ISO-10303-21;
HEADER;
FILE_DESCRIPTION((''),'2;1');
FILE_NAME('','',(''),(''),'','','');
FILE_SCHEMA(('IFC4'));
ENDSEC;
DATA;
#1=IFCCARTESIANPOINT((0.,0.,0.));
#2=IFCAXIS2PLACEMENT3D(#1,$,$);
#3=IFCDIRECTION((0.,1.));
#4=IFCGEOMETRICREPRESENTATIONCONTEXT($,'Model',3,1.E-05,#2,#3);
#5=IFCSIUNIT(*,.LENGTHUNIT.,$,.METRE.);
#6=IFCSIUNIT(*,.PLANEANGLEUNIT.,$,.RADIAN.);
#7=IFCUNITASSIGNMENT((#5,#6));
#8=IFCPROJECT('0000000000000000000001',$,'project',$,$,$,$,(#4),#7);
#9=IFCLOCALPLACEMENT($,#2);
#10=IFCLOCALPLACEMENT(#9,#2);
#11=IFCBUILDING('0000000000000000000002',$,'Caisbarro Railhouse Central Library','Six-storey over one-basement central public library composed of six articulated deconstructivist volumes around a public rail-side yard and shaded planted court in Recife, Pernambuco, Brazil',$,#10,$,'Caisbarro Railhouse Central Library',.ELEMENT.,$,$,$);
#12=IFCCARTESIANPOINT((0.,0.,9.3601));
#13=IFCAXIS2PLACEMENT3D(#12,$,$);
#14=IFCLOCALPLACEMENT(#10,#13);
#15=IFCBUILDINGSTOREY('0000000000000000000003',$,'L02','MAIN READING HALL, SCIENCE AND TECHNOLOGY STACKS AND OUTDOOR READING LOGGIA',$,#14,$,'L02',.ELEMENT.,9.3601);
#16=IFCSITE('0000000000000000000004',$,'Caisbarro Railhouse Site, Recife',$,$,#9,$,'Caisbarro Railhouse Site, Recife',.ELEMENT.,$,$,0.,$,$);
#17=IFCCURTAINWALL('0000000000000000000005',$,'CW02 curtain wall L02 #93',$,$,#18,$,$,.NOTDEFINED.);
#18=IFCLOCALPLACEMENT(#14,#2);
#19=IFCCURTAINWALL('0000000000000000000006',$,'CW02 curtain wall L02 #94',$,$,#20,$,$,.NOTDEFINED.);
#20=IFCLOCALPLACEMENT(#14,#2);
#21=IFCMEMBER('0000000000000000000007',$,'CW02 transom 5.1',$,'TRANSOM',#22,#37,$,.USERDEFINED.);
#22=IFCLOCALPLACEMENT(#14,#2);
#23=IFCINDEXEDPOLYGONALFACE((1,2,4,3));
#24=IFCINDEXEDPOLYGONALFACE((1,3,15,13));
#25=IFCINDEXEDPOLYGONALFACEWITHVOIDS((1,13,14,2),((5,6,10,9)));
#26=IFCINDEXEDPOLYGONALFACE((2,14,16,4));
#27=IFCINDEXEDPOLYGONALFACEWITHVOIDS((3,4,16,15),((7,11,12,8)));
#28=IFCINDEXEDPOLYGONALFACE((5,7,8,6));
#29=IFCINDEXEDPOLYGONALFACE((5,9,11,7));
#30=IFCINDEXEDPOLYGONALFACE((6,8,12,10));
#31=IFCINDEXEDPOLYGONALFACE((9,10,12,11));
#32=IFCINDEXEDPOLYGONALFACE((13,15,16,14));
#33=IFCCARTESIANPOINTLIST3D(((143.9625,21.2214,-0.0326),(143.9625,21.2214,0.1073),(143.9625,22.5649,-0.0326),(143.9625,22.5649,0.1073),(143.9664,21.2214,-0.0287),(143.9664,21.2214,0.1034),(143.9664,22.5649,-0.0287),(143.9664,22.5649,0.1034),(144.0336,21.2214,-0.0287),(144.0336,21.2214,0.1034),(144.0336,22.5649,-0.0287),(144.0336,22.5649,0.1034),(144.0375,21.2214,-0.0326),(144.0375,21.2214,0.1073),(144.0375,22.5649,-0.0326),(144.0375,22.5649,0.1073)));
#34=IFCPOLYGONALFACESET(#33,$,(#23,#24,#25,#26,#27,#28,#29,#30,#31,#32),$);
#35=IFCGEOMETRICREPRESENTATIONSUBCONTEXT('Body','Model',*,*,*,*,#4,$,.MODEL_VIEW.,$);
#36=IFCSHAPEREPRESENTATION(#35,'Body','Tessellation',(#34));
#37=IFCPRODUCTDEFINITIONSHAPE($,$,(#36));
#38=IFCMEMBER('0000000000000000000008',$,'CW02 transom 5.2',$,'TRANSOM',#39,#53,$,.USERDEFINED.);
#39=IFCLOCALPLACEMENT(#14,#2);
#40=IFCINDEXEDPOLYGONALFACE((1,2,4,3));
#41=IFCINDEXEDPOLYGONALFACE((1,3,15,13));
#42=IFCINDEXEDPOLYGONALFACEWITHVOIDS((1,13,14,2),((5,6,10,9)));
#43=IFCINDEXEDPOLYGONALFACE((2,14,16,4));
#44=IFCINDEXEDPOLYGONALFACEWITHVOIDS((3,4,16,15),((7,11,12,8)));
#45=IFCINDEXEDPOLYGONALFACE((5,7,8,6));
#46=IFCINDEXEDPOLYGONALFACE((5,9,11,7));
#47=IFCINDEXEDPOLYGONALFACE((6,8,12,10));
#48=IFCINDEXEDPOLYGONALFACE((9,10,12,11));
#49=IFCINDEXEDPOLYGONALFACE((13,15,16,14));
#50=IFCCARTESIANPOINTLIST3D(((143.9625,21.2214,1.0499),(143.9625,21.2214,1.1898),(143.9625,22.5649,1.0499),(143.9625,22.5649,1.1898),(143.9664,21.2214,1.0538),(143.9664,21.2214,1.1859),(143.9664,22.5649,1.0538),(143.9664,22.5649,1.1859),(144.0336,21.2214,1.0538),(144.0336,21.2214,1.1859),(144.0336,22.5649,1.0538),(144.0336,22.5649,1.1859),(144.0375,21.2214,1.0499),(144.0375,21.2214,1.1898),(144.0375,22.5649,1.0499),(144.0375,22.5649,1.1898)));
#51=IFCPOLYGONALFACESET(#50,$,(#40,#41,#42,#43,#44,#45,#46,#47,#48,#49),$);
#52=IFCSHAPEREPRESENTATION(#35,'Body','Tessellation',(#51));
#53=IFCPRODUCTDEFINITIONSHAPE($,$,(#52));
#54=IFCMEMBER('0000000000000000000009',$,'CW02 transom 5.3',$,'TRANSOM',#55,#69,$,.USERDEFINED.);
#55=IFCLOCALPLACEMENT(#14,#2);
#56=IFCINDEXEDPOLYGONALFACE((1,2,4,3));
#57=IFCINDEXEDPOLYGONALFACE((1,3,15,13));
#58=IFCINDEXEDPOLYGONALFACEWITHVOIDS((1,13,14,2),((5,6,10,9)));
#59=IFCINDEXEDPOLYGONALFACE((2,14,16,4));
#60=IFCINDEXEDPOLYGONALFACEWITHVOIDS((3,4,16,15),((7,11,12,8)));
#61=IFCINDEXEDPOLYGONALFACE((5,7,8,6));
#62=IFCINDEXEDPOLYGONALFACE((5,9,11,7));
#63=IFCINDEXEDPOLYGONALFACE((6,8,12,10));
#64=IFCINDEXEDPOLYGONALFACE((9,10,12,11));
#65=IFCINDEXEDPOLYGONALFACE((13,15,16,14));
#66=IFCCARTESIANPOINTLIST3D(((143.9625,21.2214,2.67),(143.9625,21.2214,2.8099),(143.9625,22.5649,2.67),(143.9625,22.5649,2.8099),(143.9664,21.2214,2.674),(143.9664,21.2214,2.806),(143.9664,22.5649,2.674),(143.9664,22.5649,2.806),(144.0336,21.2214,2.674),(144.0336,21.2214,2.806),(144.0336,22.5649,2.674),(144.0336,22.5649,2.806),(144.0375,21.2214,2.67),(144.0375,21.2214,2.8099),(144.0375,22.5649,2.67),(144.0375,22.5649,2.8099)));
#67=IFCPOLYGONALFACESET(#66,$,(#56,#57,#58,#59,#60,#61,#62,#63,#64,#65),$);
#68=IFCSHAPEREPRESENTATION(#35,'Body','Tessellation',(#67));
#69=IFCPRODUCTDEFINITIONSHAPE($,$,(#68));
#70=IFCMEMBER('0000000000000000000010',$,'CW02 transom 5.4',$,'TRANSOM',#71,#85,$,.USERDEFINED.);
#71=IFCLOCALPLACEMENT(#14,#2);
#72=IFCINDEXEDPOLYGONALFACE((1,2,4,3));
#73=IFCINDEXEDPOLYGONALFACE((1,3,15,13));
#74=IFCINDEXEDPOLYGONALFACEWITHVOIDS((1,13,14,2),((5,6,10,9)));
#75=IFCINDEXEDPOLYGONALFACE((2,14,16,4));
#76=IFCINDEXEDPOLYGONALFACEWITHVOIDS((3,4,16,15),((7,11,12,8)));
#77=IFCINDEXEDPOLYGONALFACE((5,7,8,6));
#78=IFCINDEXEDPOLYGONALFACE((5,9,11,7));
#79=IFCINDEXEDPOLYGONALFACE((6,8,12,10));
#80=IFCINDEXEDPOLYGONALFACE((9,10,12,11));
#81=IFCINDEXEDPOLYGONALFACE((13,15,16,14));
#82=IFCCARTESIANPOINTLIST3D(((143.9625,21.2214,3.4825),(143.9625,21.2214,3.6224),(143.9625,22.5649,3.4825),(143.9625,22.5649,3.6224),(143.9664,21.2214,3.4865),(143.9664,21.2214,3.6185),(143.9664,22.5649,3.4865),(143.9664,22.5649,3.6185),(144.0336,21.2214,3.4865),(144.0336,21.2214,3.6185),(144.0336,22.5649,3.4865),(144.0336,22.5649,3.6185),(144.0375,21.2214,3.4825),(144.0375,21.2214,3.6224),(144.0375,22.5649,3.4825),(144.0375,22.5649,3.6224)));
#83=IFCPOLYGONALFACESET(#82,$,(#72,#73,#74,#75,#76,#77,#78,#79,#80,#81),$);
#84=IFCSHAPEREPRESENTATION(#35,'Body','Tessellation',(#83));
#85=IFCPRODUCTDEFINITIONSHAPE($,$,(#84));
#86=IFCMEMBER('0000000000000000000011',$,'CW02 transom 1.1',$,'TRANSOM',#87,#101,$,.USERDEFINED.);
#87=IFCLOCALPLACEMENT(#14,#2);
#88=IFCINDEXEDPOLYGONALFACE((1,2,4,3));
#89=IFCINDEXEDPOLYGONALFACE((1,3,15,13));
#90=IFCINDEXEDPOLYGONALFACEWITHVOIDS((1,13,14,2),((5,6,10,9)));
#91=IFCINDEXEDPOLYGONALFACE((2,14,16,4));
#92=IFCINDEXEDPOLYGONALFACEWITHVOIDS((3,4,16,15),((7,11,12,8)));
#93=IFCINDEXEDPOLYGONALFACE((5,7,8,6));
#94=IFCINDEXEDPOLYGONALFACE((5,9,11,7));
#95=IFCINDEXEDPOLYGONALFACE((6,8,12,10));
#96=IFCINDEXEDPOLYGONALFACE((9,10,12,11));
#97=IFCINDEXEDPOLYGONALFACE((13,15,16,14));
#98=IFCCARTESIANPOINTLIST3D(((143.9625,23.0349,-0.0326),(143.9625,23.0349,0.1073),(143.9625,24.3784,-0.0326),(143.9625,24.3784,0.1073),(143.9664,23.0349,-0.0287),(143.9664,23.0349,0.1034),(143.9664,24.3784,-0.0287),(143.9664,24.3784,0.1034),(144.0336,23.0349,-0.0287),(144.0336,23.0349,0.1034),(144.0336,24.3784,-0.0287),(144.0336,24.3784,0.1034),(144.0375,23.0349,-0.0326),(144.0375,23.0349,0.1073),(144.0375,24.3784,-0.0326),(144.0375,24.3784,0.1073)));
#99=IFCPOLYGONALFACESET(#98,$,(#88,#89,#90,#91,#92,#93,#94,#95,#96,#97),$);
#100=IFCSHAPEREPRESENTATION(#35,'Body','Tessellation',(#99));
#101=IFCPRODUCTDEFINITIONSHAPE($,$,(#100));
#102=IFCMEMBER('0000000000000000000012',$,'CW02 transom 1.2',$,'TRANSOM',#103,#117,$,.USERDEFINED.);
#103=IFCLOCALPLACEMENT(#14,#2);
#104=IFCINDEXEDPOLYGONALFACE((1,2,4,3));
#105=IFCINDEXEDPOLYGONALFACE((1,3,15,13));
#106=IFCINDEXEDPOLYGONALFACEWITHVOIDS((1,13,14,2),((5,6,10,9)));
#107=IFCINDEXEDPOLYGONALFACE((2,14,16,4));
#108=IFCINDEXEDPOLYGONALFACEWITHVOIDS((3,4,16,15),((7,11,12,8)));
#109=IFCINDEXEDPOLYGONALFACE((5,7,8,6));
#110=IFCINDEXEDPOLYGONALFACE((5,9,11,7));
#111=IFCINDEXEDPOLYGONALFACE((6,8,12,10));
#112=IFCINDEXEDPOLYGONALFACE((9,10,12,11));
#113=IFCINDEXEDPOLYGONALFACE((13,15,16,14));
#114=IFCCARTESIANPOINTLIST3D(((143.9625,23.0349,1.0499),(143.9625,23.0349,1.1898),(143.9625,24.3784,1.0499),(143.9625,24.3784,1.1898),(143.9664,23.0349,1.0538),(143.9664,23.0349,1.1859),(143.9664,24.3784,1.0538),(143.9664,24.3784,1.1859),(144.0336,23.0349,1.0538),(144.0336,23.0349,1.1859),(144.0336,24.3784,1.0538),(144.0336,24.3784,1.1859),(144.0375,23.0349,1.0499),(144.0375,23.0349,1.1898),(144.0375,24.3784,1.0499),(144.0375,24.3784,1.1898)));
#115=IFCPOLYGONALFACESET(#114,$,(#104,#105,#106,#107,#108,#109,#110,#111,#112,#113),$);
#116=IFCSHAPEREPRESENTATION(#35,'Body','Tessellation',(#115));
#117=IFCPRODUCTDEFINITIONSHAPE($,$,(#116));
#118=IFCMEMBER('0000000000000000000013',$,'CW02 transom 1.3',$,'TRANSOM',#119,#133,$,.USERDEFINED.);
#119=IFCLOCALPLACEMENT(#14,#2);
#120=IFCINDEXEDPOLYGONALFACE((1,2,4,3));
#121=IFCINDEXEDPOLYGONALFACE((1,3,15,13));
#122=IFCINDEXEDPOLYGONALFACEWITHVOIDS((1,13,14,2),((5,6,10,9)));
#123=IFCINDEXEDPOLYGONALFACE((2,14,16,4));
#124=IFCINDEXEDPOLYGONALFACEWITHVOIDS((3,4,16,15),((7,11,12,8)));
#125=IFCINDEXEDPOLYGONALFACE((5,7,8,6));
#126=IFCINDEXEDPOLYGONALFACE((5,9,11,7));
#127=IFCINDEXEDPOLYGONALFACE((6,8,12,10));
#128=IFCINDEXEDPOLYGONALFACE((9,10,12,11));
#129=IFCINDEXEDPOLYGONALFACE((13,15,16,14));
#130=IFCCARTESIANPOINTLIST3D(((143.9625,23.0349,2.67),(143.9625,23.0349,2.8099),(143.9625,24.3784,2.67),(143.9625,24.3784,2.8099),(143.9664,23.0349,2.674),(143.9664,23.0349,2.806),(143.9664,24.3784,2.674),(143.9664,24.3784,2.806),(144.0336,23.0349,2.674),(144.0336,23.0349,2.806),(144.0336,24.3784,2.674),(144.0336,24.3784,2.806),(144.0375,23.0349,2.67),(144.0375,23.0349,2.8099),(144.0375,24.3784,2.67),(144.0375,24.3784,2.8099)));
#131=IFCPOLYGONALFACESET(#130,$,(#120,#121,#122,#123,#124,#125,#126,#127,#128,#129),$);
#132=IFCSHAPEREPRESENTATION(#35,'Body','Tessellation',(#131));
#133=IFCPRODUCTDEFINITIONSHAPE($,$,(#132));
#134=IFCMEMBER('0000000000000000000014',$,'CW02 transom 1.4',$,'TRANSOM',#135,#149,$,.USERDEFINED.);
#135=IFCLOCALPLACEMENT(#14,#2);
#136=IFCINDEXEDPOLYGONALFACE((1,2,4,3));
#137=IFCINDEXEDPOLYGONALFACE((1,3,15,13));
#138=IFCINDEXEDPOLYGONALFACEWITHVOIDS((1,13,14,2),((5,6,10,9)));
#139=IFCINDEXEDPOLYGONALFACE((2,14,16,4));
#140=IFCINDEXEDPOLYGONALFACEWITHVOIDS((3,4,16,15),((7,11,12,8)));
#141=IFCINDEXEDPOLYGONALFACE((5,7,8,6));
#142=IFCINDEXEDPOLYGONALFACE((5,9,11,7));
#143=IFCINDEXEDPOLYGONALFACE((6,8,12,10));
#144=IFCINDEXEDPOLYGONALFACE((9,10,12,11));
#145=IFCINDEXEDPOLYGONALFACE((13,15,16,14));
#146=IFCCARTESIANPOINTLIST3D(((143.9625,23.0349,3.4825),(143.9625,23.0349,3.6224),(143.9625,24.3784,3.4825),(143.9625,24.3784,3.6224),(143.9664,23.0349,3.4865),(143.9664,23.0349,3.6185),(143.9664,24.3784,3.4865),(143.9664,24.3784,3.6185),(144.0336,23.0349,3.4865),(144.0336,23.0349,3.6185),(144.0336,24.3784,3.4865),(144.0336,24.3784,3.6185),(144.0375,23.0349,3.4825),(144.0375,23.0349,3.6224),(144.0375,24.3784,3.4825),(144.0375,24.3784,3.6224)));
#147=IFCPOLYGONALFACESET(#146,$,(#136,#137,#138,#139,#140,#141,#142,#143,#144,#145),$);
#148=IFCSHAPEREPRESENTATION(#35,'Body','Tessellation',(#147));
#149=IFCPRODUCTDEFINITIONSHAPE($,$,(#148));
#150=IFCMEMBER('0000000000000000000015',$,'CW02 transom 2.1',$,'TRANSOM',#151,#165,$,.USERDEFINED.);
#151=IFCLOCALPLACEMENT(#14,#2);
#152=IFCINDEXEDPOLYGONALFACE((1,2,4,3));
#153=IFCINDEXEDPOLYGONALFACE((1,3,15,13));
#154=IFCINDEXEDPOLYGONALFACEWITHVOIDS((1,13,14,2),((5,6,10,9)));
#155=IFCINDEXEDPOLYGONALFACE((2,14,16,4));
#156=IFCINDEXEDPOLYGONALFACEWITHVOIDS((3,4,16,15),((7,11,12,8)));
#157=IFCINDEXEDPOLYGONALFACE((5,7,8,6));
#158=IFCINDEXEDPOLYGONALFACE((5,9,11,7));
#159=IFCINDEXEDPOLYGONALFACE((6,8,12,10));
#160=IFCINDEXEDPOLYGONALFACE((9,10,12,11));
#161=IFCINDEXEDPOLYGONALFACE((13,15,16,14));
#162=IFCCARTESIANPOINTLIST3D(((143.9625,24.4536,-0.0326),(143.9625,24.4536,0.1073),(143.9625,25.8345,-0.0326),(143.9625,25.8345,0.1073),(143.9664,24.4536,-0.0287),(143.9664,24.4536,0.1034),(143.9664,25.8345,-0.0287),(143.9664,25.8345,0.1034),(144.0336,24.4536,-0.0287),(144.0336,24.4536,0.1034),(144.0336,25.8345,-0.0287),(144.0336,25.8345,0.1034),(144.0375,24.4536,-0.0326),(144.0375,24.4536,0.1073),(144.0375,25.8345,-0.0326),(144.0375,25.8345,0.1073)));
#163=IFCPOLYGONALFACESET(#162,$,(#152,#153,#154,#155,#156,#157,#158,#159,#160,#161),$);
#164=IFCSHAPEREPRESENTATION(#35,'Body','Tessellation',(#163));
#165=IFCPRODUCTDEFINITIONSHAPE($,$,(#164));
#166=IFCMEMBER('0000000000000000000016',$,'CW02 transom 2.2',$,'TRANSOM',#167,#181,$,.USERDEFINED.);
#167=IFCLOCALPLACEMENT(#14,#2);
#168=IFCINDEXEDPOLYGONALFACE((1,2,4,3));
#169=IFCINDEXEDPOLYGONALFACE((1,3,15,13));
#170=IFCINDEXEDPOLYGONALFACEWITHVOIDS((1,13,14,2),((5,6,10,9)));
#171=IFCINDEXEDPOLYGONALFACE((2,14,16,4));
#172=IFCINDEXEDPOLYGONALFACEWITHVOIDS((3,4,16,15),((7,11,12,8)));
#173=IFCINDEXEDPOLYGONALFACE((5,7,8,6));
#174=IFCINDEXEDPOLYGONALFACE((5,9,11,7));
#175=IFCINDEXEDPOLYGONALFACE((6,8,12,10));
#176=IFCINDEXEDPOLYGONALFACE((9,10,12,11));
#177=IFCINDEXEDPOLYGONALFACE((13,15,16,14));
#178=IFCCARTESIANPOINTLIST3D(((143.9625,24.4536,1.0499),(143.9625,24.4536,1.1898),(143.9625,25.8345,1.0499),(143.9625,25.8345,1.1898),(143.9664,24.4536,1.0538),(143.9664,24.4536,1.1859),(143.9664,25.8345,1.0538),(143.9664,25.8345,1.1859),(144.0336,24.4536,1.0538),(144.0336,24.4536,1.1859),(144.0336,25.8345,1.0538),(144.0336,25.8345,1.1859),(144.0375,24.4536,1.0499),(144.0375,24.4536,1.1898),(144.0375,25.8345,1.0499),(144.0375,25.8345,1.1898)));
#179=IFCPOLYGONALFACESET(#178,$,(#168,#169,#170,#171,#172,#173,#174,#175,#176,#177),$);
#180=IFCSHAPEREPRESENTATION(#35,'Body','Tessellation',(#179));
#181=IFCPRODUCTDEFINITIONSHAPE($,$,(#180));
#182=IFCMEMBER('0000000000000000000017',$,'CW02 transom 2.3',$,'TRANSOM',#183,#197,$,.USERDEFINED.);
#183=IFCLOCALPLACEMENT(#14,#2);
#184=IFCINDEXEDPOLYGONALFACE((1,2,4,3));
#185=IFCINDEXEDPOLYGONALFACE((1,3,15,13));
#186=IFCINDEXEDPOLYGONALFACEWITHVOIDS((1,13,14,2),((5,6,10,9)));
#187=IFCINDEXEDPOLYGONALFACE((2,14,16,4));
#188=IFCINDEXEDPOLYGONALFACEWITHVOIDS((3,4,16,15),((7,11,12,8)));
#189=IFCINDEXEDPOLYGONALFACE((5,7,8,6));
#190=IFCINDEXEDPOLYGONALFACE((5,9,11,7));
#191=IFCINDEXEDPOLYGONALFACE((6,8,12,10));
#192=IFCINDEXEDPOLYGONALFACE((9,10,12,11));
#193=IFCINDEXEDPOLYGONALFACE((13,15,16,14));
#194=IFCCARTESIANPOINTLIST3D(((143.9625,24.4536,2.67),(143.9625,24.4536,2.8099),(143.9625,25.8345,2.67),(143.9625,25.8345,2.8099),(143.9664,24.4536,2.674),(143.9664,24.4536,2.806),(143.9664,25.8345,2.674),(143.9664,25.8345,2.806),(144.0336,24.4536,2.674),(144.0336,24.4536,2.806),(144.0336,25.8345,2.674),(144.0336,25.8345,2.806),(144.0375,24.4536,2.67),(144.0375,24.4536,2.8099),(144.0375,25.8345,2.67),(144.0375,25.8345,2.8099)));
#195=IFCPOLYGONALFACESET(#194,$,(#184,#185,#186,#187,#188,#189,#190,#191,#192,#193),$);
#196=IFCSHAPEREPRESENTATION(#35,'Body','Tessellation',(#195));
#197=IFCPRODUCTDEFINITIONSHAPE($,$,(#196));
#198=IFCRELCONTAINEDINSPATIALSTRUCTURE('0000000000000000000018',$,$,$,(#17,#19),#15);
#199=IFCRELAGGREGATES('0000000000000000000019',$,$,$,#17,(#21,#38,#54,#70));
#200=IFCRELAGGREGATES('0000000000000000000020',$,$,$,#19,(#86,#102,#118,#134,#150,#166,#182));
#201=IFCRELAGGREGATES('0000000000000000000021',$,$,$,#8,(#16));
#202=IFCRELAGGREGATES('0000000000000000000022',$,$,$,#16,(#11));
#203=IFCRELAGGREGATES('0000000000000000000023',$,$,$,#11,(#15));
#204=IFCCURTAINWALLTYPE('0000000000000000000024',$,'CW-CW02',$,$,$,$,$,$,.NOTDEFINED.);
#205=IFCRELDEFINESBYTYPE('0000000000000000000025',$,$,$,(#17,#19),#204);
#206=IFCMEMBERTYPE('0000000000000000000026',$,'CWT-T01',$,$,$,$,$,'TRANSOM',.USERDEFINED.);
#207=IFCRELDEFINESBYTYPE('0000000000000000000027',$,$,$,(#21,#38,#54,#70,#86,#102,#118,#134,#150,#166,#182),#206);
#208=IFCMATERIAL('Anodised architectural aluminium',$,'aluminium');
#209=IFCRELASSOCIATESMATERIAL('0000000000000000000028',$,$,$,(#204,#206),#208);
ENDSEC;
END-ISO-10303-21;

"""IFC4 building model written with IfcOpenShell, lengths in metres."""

from ifc_helpers import new_model, si_unit, direction, frame, origin, origin_2d, place, context, subcontext, project, spatial, hollow_rectangle, extrude, material, material_profile, profile_set, type_object, element, aggregate, save


model = new_model("IFC4")

# Units and contexts
model_context = context("Model", 3, precision=1e-05, world=origin(), true_north=direction((0.0, 1.0)))
body_context = subcontext(model_context, "Body", "Model", "MODEL_VIEW")
ifc_project = project(units=[si_unit("LENGTHUNIT", "METRE"), si_unit("PLANEANGLEUNIT", "RADIAN")], contexts=[model_context])

# Site, building, storey
site_placement = place(None, origin())
site = spatial("IfcSite", under=ifc_project, at=site_placement, Name="Caisbarro Railhouse Site, Recife", LongName="Caisbarro Railhouse Site, Recife", CompositionType="ELEMENT", RefElevation=0.0)
building_placement = place(site_placement, origin())
building = spatial("IfcBuilding", under=site, at=building_placement, Name="Caisbarro Railhouse Central Library", Description="Six-storey over one-basement central public library composed of six articulated deconstructivist volumes around a public rail-side yard and shaded planted court in Recife, Pernambuco, Brazil", LongName="Caisbarro Railhouse Central Library", CompositionType="ELEMENT")
storey_placement = place(building_placement, frame((0.0, 0.0, 9.3601)))
storey = spatial("IfcBuildingStorey", under=building, at=storey_placement, Name="L02", Description="MAIN READING HALL, SCIENCE AND TECHNOLOGY STACKS AND OUTDOOR READING LOGGIA", LongName="L02", CompositionType="ELEMENT", Elevation=9.3601)

# Curtain walls
ifc_material_1 = material(Name="Anodised architectural aluminium", Category="aluminium")
curtain_wall_type = type_object("IfcCurtainWallType", Name="CW-CW02", PredefinedType="NOTDEFINED", material=ifc_material_1)
curtain_wall_1_placement = place(storey_placement, origin())
curtain_wall_1 = element("IfcCurtainWall", 1, at=curtain_wall_1_placement, inside=storey, type_object=curtain_wall_type, Name="CW02 curtain wall L02 #93", PredefinedType="NOTDEFINED")
curtain_wall_2_placement = place(storey_placement, origin())
curtain_wall_2 = element("IfcCurtainWall", 2, at=curtain_wall_2_placement, inside=storey, type_object=curtain_wall_type, Name="CW02 curtain wall L02 #94", PredefinedType="NOTDEFINED")

# Members
ifc_material_profile_1 = material_profile(ifc_material_1, hollow_rectangle(XDim=0.075, YDim=0.1399, WallThickness=0.0039, at=origin_2d()), Name="ALU-TRN-75X140")
ifc_profile_set_1 = profile_set([ifc_material_profile_1], Name="Anodised architectural aluminium")
member_type_1 = type_object("IfcMemberType", Name="CWT-T01", ElementType="TRANSOM", PredefinedType="USERDEFINED", material=ifc_profile_set_1)
member_1_placement = place(storey_placement, frame((144.0, 21.2214, 0.0374), z_axis=(0.0, 1.0, 0.0), x_axis=(-1.0, 0.0, 0.0)))
member_1 = element("IfcMember", 3, at=member_1_placement, type_object=member_type_1, Name="CW02 transom 5.1", ObjectType="TRANSOM", PredefinedType="USERDEFINED", context=body_context, shape_type="SweptSolid", body=[
    extrude(hollow_rectangle(XDim=0.075, YDim=0.1399, WallThickness=0.0039, at=origin_2d()), origin(), (0.0, 0.0, 1.0), 1.3435),
])
member_2_placement = place(storey_placement, frame((144.0, 21.2214, 1.1199), z_axis=(0.0, 1.0, 0.0), x_axis=(-1.0, 0.0, 0.0)))
member_2 = element("IfcMember", 4, at=member_2_placement, type_object=member_type_1, Name="CW02 transom 5.2", ObjectType="TRANSOM", PredefinedType="USERDEFINED", context=body_context, shape_type="SweptSolid", body=[
    extrude(hollow_rectangle(XDim=0.075, YDim=0.1399, WallThickness=0.0039, at=origin_2d()), origin(), (0.0, 0.0, 1.0), 1.3435),
])
member_3_placement = place(storey_placement, frame((144.0, 21.2214, 2.74), z_axis=(0.0, 1.0, 0.0), x_axis=(-1.0, 0.0, 0.0)))
member_3 = element("IfcMember", 5, at=member_3_placement, type_object=member_type_1, Name="CW02 transom 5.3", ObjectType="TRANSOM", PredefinedType="USERDEFINED", context=body_context, shape_type="SweptSolid", body=[
    extrude(hollow_rectangle(XDim=0.075, YDim=0.1399, WallThickness=0.0039, at=origin_2d()), origin(), (0.0, 0.0, 1.0), 1.3435),
])
member_4_placement = place(storey_placement, frame((144.0, 21.2214, 3.5525), z_axis=(0.0, 1.0, 0.0), x_axis=(-1.0, 0.0, 0.0)))
member_4 = element("IfcMember", 6, at=member_4_placement, type_object=member_type_1, Name="CW02 transom 5.4", ObjectType="TRANSOM", PredefinedType="USERDEFINED", context=body_context, shape_type="SweptSolid", body=[
    extrude(hollow_rectangle(XDim=0.075, YDim=0.1399, WallThickness=0.0039, at=origin_2d()), origin(), (0.0, 0.0, 1.0), 1.3435),
])
member_5_placement = place(storey_placement, frame((144.0, 23.0349, 0.0374), z_axis=(0.0, 1.0, 0.0), x_axis=(-1.0, 0.0, 0.0)))
member_5 = element("IfcMember", 7, at=member_5_placement, type_object=member_type_1, Name="CW02 transom 1.1", ObjectType="TRANSOM", PredefinedType="USERDEFINED", context=body_context, shape_type="SweptSolid", body=[
    extrude(hollow_rectangle(XDim=0.075, YDim=0.1399, WallThickness=0.0039, at=origin_2d()), origin(), (0.0, 0.0, 1.0), 1.3435),
])
member_6_placement = place(storey_placement, frame((144.0, 23.0349, 1.1199), z_axis=(0.0, 1.0, 0.0), x_axis=(-1.0, 0.0, 0.0)))
member_6 = element("IfcMember", 8, at=member_6_placement, type_object=member_type_1, Name="CW02 transom 1.2", ObjectType="TRANSOM", PredefinedType="USERDEFINED", context=body_context, shape_type="SweptSolid", body=[
    extrude(hollow_rectangle(XDim=0.075, YDim=0.1399, WallThickness=0.0039, at=origin_2d()), origin(), (0.0, 0.0, 1.0), 1.3435),
])
member_7_placement = place(storey_placement, frame((144.0, 23.0349, 2.74), z_axis=(0.0, 1.0, 0.0), x_axis=(-1.0, 0.0, 0.0)))
member_7 = element("IfcMember", 9, at=member_7_placement, type_object=member_type_1, Name="CW02 transom 1.3", ObjectType="TRANSOM", PredefinedType="USERDEFINED", context=body_context, shape_type="SweptSolid", body=[
    extrude(hollow_rectangle(XDim=0.075, YDim=0.1399, WallThickness=0.0039, at=origin_2d()), origin(), (0.0, 0.0, 1.0), 1.3435),
])
member_8_placement = place(storey_placement, frame((144.0, 23.0349, 3.5525), z_axis=(0.0, 1.0, 0.0), x_axis=(-1.0, 0.0, 0.0)))
member_8 = element("IfcMember", 10, at=member_8_placement, type_object=member_type_1, Name="CW02 transom 1.4", ObjectType="TRANSOM", PredefinedType="USERDEFINED", context=body_context, shape_type="SweptSolid", body=[
    extrude(hollow_rectangle(XDim=0.075, YDim=0.1399, WallThickness=0.0039, at=origin_2d()), origin(), (0.0, 0.0, 1.0), 1.3435),
])
member_9_placement = place(storey_placement, frame((144.0, 24.4536, 0.0374), z_axis=(0.0, 1.0, 0.0), x_axis=(-1.0, 0.0, 0.0)))
member_9 = element("IfcMember", 11, at=member_9_placement, type_object=member_type_1, Name="CW02 transom 2.1", ObjectType="TRANSOM", PredefinedType="USERDEFINED", context=body_context, shape_type="SweptSolid", body=[
    extrude(hollow_rectangle(XDim=0.075, YDim=0.1399, WallThickness=0.0039, at=origin_2d()), origin(), (0.0, 0.0, 1.0), 1.3809),
])
member_10_placement = place(storey_placement, frame((144.0, 24.4536, 1.1199), z_axis=(0.0, 1.0, 0.0), x_axis=(-1.0, 0.0, 0.0)))
member_10 = element("IfcMember", 12, at=member_10_placement, type_object=member_type_1, Name="CW02 transom 2.2", ObjectType="TRANSOM", PredefinedType="USERDEFINED", context=body_context, shape_type="SweptSolid", body=[
    extrude(hollow_rectangle(XDim=0.075, YDim=0.1399, WallThickness=0.0039, at=origin_2d()), origin(), (0.0, 0.0, 1.0), 1.3809),
])
member_11_placement = place(storey_placement, frame((144.0, 24.4536, 2.74), z_axis=(0.0, 1.0, 0.0), x_axis=(-1.0, 0.0, 0.0)))
member_11 = element("IfcMember", 13, at=member_11_placement, type_object=member_type_1, Name="CW02 transom 2.3", ObjectType="TRANSOM", PredefinedType="USERDEFINED", context=body_context, shape_type="SweptSolid", body=[
    extrude(hollow_rectangle(XDim=0.075, YDim=0.1399, WallThickness=0.0039, at=origin_2d()), origin(), (0.0, 0.0, 1.0), 1.3809),
])

aggregate(curtain_wall_1, [member_1, member_2, member_3, member_4])
aggregate(curtain_wall_2, [member_5, member_6, member_7, member_8, member_9, member_10, member_11])

save(model, "model.ifc")
